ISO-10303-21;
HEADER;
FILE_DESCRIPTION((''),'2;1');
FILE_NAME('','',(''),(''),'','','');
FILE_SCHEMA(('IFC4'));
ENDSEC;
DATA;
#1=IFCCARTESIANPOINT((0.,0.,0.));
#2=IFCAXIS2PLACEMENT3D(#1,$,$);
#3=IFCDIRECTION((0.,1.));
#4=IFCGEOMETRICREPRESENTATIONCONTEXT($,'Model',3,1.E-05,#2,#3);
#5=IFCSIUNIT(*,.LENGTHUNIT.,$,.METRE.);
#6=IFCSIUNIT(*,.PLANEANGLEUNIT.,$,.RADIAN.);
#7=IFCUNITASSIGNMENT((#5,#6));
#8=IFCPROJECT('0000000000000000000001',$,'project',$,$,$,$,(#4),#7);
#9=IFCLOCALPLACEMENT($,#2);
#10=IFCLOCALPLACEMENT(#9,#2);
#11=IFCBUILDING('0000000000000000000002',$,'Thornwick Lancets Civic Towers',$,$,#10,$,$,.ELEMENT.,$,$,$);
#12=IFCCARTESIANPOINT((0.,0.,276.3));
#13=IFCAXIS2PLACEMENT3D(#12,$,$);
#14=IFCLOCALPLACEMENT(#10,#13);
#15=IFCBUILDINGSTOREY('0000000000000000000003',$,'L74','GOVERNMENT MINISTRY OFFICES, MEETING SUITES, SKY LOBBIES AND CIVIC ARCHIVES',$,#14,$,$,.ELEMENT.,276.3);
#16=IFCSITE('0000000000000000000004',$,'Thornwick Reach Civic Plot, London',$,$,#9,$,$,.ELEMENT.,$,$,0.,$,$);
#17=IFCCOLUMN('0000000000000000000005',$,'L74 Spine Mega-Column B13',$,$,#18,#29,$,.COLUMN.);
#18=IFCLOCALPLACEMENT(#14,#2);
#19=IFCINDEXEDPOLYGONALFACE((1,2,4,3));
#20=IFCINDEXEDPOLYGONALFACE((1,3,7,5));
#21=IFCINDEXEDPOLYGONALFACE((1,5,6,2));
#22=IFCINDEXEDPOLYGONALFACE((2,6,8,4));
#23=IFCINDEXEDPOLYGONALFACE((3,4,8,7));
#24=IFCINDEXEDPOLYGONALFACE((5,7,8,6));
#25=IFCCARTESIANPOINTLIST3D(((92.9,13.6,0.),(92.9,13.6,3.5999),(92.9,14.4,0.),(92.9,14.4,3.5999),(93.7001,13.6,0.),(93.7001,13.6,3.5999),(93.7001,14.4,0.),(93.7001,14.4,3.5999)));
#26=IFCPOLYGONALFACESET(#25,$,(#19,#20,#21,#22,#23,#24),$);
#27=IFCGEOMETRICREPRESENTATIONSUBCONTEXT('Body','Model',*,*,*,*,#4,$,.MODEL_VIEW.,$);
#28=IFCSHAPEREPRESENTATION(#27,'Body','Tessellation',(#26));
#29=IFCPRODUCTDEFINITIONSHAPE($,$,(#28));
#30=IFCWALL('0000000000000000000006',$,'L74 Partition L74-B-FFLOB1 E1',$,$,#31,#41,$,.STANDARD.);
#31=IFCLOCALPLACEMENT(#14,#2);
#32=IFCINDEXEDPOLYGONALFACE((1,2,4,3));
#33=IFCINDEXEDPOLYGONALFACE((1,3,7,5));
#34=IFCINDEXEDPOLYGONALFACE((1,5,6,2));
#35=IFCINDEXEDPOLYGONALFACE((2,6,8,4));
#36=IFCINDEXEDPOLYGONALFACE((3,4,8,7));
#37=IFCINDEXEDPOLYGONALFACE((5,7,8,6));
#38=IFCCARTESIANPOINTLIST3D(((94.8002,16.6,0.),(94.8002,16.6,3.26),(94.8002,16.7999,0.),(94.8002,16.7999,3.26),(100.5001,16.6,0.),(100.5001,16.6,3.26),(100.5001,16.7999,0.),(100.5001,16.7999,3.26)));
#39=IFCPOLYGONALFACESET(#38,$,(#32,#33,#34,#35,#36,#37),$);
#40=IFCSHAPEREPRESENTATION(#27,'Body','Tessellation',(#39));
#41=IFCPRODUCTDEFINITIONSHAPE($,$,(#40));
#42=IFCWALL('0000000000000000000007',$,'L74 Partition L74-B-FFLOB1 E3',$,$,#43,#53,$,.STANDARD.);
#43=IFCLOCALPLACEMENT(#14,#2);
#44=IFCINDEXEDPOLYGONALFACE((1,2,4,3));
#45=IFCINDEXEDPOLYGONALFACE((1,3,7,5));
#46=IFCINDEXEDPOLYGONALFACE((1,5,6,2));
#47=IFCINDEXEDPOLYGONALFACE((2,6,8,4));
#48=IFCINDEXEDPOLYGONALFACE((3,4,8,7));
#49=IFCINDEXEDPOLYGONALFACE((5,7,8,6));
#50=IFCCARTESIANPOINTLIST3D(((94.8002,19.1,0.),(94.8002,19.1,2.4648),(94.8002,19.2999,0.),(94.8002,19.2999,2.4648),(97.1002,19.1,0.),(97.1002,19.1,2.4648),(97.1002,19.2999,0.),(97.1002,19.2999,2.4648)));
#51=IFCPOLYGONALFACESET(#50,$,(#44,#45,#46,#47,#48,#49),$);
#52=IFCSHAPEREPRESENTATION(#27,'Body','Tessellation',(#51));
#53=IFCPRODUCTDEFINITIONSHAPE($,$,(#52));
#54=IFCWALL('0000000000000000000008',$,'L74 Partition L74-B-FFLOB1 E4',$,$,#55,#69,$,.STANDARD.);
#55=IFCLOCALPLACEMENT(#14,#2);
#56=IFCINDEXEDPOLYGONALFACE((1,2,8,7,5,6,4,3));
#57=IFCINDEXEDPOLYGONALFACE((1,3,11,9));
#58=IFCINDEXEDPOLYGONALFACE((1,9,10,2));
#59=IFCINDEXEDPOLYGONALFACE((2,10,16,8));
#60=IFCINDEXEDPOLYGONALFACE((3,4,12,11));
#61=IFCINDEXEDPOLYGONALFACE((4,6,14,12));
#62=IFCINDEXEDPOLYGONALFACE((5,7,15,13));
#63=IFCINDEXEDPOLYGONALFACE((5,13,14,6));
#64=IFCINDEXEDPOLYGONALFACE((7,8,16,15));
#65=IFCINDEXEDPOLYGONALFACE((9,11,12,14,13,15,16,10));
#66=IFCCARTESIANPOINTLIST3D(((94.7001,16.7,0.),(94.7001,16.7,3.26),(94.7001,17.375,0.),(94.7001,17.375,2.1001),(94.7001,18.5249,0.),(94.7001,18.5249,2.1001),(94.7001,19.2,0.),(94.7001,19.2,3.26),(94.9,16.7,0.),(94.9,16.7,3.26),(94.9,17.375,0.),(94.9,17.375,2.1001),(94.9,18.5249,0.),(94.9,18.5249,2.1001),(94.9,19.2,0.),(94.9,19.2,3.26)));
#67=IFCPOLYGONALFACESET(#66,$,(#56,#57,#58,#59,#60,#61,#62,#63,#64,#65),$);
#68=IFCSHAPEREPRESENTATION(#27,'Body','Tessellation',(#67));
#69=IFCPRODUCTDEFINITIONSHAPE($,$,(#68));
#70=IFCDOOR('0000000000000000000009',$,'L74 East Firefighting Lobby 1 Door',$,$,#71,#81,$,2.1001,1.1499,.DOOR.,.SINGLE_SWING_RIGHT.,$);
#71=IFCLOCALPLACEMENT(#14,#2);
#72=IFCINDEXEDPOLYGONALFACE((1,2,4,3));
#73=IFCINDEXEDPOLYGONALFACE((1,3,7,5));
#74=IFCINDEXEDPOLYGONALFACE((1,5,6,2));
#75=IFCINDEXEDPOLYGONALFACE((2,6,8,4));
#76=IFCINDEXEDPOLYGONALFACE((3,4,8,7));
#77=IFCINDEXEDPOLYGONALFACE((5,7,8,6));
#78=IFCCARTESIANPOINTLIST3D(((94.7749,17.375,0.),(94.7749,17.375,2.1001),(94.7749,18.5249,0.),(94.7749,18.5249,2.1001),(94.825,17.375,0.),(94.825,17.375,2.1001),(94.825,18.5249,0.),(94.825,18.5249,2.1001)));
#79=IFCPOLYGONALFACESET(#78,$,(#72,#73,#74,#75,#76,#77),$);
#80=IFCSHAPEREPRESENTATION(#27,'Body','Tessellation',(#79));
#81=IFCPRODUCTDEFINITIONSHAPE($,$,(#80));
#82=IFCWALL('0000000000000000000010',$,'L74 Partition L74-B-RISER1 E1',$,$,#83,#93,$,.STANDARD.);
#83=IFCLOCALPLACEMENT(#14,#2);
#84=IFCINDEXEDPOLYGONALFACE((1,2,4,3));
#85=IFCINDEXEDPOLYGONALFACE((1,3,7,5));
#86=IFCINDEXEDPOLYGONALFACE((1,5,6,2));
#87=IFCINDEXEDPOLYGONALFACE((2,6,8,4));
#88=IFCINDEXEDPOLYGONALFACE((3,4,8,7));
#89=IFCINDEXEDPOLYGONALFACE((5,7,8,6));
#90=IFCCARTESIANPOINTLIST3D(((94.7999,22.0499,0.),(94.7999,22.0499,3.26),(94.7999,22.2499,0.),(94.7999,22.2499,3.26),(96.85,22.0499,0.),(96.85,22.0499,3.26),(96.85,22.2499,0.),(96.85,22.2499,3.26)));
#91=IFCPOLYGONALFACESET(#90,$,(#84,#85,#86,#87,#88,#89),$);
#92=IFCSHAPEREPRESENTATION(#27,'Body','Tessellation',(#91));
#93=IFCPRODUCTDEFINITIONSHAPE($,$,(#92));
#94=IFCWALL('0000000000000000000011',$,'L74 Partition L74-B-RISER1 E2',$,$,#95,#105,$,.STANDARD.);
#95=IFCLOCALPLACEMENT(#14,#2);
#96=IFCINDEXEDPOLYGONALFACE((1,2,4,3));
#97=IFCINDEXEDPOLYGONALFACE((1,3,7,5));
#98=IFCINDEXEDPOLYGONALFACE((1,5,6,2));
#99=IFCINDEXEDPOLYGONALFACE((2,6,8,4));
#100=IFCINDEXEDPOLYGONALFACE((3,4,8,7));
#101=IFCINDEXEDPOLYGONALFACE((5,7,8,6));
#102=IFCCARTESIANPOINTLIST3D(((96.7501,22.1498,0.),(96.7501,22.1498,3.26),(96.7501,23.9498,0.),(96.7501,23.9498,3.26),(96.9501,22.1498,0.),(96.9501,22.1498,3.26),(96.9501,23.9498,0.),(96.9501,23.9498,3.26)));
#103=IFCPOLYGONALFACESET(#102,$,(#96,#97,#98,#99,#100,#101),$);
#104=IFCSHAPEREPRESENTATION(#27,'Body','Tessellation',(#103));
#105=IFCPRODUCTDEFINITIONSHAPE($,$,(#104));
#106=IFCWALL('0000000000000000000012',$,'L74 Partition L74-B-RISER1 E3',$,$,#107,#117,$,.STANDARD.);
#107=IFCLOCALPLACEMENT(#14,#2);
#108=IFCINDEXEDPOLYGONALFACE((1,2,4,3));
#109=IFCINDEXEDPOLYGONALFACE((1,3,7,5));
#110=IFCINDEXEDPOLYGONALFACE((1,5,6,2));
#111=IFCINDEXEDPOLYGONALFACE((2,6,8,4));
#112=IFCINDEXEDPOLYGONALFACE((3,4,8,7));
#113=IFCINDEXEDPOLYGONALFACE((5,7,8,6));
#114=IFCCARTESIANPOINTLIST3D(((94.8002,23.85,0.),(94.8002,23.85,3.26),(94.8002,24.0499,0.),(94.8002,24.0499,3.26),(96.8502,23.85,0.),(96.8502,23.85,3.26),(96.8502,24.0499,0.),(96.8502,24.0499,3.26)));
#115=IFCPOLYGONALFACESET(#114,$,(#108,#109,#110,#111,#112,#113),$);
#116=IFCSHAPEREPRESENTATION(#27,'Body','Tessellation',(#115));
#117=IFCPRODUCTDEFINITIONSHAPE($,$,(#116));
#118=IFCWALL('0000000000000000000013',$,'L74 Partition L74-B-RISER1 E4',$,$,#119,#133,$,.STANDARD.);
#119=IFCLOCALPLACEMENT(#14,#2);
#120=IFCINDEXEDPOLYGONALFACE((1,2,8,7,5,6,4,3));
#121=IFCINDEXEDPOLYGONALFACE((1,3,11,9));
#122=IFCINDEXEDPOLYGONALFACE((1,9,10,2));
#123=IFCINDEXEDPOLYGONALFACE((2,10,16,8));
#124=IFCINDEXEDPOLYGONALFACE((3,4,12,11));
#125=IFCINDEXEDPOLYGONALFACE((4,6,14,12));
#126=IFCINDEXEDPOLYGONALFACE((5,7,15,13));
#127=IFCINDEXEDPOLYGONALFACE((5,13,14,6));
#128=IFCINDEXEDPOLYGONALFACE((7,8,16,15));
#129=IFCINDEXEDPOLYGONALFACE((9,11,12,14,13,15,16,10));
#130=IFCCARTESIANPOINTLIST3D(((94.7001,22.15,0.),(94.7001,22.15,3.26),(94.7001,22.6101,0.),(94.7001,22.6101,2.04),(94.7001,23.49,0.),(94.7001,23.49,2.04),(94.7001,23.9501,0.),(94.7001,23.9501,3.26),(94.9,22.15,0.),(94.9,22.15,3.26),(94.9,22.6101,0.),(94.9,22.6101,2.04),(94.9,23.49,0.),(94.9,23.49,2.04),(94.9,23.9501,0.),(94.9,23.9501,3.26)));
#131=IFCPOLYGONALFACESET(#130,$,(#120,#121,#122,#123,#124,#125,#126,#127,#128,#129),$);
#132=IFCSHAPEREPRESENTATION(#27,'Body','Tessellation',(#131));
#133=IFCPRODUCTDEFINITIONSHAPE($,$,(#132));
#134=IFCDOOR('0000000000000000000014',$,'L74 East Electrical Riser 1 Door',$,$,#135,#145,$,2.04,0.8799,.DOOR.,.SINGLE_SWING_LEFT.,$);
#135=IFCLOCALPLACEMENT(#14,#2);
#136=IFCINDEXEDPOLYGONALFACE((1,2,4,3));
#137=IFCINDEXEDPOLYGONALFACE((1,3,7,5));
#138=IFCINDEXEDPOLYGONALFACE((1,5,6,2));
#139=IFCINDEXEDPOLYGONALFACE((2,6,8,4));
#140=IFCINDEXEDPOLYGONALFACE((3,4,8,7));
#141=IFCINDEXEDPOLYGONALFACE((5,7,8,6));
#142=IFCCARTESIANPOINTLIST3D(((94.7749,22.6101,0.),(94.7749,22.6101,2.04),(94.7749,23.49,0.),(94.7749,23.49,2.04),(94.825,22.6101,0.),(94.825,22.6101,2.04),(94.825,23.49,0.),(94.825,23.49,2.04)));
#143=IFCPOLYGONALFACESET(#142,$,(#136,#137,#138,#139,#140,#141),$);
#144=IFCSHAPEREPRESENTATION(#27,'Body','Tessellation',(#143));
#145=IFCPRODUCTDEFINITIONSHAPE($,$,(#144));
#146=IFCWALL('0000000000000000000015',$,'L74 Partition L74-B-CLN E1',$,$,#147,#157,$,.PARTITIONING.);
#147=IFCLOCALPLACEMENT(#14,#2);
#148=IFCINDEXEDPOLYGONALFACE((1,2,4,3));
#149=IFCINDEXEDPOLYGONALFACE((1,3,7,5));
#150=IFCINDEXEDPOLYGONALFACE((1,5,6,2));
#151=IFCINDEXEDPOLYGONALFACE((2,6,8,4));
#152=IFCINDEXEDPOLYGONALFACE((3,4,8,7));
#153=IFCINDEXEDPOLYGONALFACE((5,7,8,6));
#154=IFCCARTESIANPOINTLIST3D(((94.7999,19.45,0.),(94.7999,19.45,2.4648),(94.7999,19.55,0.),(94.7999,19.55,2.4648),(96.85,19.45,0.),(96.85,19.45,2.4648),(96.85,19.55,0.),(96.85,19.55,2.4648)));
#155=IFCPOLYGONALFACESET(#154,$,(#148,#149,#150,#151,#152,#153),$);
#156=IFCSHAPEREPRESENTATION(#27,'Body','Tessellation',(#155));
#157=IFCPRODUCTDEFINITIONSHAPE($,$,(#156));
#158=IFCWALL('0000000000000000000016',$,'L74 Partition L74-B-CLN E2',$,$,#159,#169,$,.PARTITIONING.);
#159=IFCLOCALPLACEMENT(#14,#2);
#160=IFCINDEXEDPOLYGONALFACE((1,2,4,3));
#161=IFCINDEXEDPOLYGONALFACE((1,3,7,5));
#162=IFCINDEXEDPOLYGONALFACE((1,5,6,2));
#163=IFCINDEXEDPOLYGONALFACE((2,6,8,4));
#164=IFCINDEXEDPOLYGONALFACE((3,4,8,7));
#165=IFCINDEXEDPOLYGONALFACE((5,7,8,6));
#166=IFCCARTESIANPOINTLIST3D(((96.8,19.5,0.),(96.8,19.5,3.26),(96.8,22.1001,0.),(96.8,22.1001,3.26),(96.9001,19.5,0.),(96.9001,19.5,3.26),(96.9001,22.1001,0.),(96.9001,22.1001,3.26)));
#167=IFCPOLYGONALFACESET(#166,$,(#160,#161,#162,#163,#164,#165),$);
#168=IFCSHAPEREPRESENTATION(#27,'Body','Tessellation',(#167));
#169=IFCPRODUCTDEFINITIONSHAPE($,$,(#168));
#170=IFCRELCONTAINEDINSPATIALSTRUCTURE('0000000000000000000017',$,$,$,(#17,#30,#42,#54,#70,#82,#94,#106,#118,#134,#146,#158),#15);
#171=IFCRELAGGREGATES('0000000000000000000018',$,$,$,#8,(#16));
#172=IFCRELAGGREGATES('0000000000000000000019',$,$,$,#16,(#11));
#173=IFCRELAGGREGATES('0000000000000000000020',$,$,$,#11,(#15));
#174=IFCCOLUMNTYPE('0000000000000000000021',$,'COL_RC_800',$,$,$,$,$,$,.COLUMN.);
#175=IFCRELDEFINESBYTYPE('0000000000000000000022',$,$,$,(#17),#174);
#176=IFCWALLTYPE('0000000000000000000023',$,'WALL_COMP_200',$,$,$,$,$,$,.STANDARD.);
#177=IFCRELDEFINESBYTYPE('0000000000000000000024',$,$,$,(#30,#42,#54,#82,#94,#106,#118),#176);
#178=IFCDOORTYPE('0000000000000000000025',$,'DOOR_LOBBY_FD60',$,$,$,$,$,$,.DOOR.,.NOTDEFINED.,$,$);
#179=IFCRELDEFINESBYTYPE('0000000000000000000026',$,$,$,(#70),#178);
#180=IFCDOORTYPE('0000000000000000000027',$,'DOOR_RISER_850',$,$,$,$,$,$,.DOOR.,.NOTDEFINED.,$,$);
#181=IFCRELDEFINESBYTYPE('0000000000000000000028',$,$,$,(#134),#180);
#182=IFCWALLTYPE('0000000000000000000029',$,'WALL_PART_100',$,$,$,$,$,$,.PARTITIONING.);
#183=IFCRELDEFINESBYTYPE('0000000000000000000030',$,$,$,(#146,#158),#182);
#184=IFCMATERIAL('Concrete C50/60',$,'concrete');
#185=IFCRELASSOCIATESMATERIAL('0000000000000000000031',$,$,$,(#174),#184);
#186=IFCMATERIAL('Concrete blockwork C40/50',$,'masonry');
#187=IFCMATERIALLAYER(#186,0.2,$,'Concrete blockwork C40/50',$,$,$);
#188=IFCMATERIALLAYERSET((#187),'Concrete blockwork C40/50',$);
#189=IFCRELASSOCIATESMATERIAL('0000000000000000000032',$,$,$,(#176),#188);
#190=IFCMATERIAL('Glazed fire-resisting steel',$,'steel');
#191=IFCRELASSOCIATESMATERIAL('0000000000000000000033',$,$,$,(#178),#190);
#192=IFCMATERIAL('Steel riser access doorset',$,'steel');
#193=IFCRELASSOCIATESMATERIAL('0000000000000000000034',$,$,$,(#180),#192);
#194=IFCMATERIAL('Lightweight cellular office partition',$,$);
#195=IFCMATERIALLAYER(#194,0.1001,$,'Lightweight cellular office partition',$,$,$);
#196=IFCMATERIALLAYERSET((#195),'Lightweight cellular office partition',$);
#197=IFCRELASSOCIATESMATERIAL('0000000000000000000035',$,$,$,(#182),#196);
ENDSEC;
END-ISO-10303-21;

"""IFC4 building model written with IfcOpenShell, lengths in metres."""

from ifc_helpers import new_model, si_unit, direction, frame, frame_2d, origin, origin_2d, place, context, subcontext, project, spatial, rectangle, extrude, material, layer, layer_set, material_profile, profile_set, type_object, element, fill, save


model = new_model("IFC4")

# Units and contexts
model_context = context("Model", 3, precision=1e-05, world=origin(), true_north=direction((0.0, 1.0)))
body_context = subcontext(model_context, "Body", "Model", "MODEL_VIEW")
ifc_project = project(units=[si_unit("LENGTHUNIT", "METRE"), si_unit("PLANEANGLEUNIT", "RADIAN")], contexts=[model_context])

# Site, building, storey
site_placement = place(None, origin())
site = spatial("IfcSite", under=ifc_project, at=site_placement, Name="Thornwick Reach Civic Plot, London", CompositionType="ELEMENT", RefElevation=0.0)
building_placement = place(site_placement, origin())
building = spatial("IfcBuilding", under=site, at=building_placement, Name="Thornwick Lancets Civic Towers", CompositionType="ELEMENT")
storey_placement = place(building_placement, frame((0.0, 0.0, 276.3)))
storey = spatial("IfcBuildingStorey", under=building, at=storey_placement, Name="L74", Description="GOVERNMENT MINISTRY OFFICES, MEETING SUITES, SKY LOBBIES AND CIVIC ARCHIVES", CompositionType="ELEMENT", Elevation=276.3)

# Column
ifc_material_1 = material(Name="Concrete C50/60", Category="concrete")
ifc_material_profile = material_profile(ifc_material_1, rectangle(XDim=0.8, YDim=0.8, at=origin_2d()), Name="RC 800x800")
ifc_profile_set = profile_set([ifc_material_profile], Name="Concrete C50/60")
column_type = type_object("IfcColumnType", Name="COL_RC_800", PredefinedType="COLUMN", material=ifc_profile_set)
column_placement = place(storey_placement, frame((93.3, 14.0, 0.0), z_axis=(0.0, 0.0, 1.0), x_axis=(1.0, 0.0, 0.0)))
element("IfcColumn", 1, at=column_placement, inside=storey, type_object=column_type, Name="L74 Spine Mega-Column B13", PredefinedType="COLUMN", context=body_context, shape_type="SweptSolid", body=[
    extrude(rectangle(XDim=0.8, YDim=0.8, at=origin_2d()), origin(), (0.0, 0.0, 1.0), 3.5999),
])

# Walls
ifc_material_2 = material(Name="Concrete blockwork C40/50", Category="masonry")
ifc_layer_1 = layer(ifc_material_2, 0.2, Name="Concrete blockwork C40/50")
ifc_layer_set_1 = layer_set([ifc_layer_1], Name="Concrete blockwork C40/50")
wall_type_1 = type_object("IfcWallType", Name="WALL_COMP_200", PredefinedType="STANDARD", material=ifc_layer_set_1)
wall_1_placement = place(storey_placement, frame((94.8, 16.7, 0.0), z_axis=(0.0, 0.0, 1.0), x_axis=(1.0, 0.0, 0.0)))
element("IfcWall", 2, at=wall_1_placement, inside=storey, type_object=wall_type_1, Name="L74 Partition L74-B-FFLOB1 E1", PredefinedType="STANDARD", context=body_context, shape_type="SweptSolid", body=[
    extrude(rectangle(XDim=5.7, YDim=0.2, at=frame_2d((2.8501, 0.0))), origin(), (0.0, 0.0, 1.0), 3.26),
])
wall_2_placement = place(storey_placement, frame((97.1001, 19.2, 0.0), z_axis=(0.0, 0.0, 1.0), x_axis=(-1.0, 0.0, 0.0)))
element("IfcWall", 3, at=wall_2_placement, inside=storey, type_object=wall_type_1, Name="L74 Partition L74-B-FFLOB1 E3", PredefinedType="STANDARD", context=body_context, shape_type="SweptSolid", body=[
    extrude(rectangle(XDim=2.3, YDim=0.2, at=frame_2d((1.1499, 0.0))), origin(), (0.0, 0.0, 1.0), 2.4648),
])

# Wall, opening, door
wall_3_placement = place(storey_placement, frame((94.8, 19.2, 0.0), z_axis=(0.0, 0.0, 1.0), x_axis=(0.0, -1.0, 0.0)))
wall_3 = element("IfcWall", 4, at=wall_3_placement, inside=storey, type_object=wall_type_1, Name="L74 Partition L74-B-FFLOB1 E4", PredefinedType="STANDARD", context=body_context, shape_type="SweptSolid", body=[
    extrude(rectangle(XDim=2.5, YDim=0.2, at=frame_2d((1.25, 0.0))), origin(), (0.0, 0.0, 1.0), 3.26),
])
opening_1_placement = place(wall_3_placement, frame((0.675, 0.0, 0.0)))
opening_1 = element("IfcOpeningElement", 5, at=opening_1_placement, cuts=wall_3, PredefinedType="OPENING", context=body_context, shape_type="SweptSolid", body=[
    extrude(rectangle(XDim=1.1499, YDim=2.1001, at=frame_2d((0.575, 1.05))), frame((0.0, 0.1099, 0.0), z_axis=(0.0, -1.0, 0.0), x_axis=(1.0, 0.0, 0.0)), (0.0, 0.0, 1.0), 0.22),
])
ifc_material_3 = material(Name="Glazed fire-resisting steel", Category="steel")
door_type_1 = type_object("IfcDoorType", Name="DOOR_LOBBY_FD60", OperationType="NOTDEFINED", PredefinedType="DOOR", material=ifc_material_3)
door_1_placement = place(opening_1_placement, origin())
door_1 = element("IfcDoor", 6, at=door_1_placement, inside=storey, type_object=door_type_1, Name="L74 East Firefighting Lobby 1 Door", OperationType="SINGLE_SWING_RIGHT", OverallHeight=2.1001, OverallWidth=1.1499, PredefinedType="DOOR", context=body_context, shape_type="SweptSolid", body=[
    extrude(rectangle(XDim=1.1499, YDim=2.1001, at=frame_2d((0.575, 1.05))), frame((0.0, 0.0249, 0.0), z_axis=(0.0, -1.0, 0.0), x_axis=(1.0, 0.0, 0.0)), (0.0, 0.0, 1.0), 0.05),
])
fill(opening_1, door_1)

# Walls
wall_4_placement = place(storey_placement, frame((94.8, 22.1499, 0.0), z_axis=(0.0, 0.0, 1.0), x_axis=(1.0, 0.0, 0.0)))
element("IfcWall", 7, at=wall_4_placement, inside=storey, type_object=wall_type_1, Name="L74 Partition L74-B-RISER1 E1", PredefinedType="STANDARD", context=body_context, shape_type="SweptSolid", body=[
    extrude(rectangle(XDim=2.05, YDim=0.2, at=frame_2d((1.0249, 0.0))), origin(), (0.0, 0.0, 1.0), 3.26),
])
wall_5_placement = place(storey_placement, frame((96.8501, 22.1499, 0.0), z_axis=(0.0, 0.0, 1.0), x_axis=(0.0, 1.0, 0.0)))
element("IfcWall", 8, at=wall_5_placement, inside=storey, type_object=wall_type_1, Name="L74 Partition L74-B-RISER1 E2", PredefinedType="STANDARD", context=body_context, shape_type="SweptSolid", body=[
    extrude(rectangle(XDim=1.8, YDim=0.2, at=frame_2d((0.8999, 0.0))), origin(), (0.0, 0.0, 1.0), 3.26),
])
wall_6_placement = place(storey_placement, frame((96.8501, 23.95, 0.0), z_axis=(0.0, 0.0, 1.0), x_axis=(-1.0, 0.0, 0.0)))
element("IfcWall", 9, at=wall_6_placement, inside=storey, type_object=wall_type_1, Name="L74 Partition L74-B-RISER1 E3", PredefinedType="STANDARD", context=body_context, shape_type="SweptSolid", body=[
    extrude(rectangle(XDim=2.05, YDim=0.2, at=frame_2d((1.0249, 0.0))), origin(), (0.0, 0.0, 1.0), 3.26),
])

# Wall, opening, door
wall_7_placement = place(storey_placement, frame((94.8, 23.95, 0.0), z_axis=(0.0, 0.0, 1.0), x_axis=(0.0, -1.0, 0.0)))
wall_7 = element("IfcWall", 10, at=wall_7_placement, inside=storey, type_object=wall_type_1, Name="L74 Partition L74-B-RISER1 E4", PredefinedType="STANDARD", context=body_context, shape_type="SweptSolid", body=[
    extrude(rectangle(XDim=1.8, YDim=0.2, at=frame_2d((0.8999, 0.0))), origin(), (0.0, 0.0, 1.0), 3.26),
])
opening_2_placement = place(wall_7_placement, frame((0.46, 0.0, 0.0)))
opening_2 = element("IfcOpeningElement", 11, at=opening_2_placement, cuts=wall_7, PredefinedType="OPENING", context=body_context, shape_type="SweptSolid", body=[
    extrude(rectangle(XDim=0.8799, YDim=2.04, at=frame_2d((0.4399, 1.02))), frame((0.0, 0.1099, 0.0), z_axis=(0.0, -1.0, 0.0), x_axis=(1.0, 0.0, 0.0)), (0.0, 0.0, 1.0), 0.22),
])
ifc_material_4 = material(Name="Steel riser access doorset", Category="steel")
door_type_2 = type_object("IfcDoorType", Name="DOOR_RISER_850", OperationType="NOTDEFINED", PredefinedType="DOOR", material=ifc_material_4)
door_2_placement = place(opening_2_placement, origin())
door_2 = element("IfcDoor", 12, at=door_2_placement, inside=storey, type_object=door_type_2, Name="L74 East Electrical Riser 1 Door", OperationType="SINGLE_SWING_LEFT", OverallHeight=2.04, OverallWidth=0.8799, PredefinedType="DOOR", context=body_context, shape_type="SweptSolid", body=[
    extrude(rectangle(XDim=0.8799, YDim=2.04, at=frame_2d((0.4399, 1.02))), frame((0.0, 0.0249, 0.0), z_axis=(0.0, -1.0, 0.0), x_axis=(1.0, 0.0, 0.0)), (0.0, 0.0, 1.0), 0.05),
])
fill(opening_2, door_2)

# Walls
ifc_material_5 = material(Name="Lightweight cellular office partition")
ifc_layer_2 = layer(ifc_material_5, 0.1001, Name="Lightweight cellular office partition")
ifc_layer_set_2 = layer_set([ifc_layer_2], Name="Lightweight cellular office partition")
wall_type_2 = type_object("IfcWallType", Name="WALL_PART_100", PredefinedType="PARTITIONING", material=ifc_layer_set_2)
wall_8_placement = place(storey_placement, frame((94.8, 19.5, 0.0), z_axis=(0.0, 0.0, 1.0), x_axis=(1.0, 0.0, 0.0)))
element("IfcWall", 13, at=wall_8_placement, inside=storey, type_object=wall_type_2, Name="L74 Partition L74-B-CLN E1", PredefinedType="PARTITIONING", context=body_context, shape_type="SweptSolid", body=[
    extrude(rectangle(XDim=2.05, YDim=0.1001, at=frame_2d((1.0249, 0.0))), origin(), (0.0, 0.0, 1.0), 2.4648),
])
wall_9_placement = place(storey_placement, frame((96.8501, 19.5, 0.0), z_axis=(0.0, 0.0, 1.0), x_axis=(0.0, 1.0, 0.0)))
element("IfcWall", 14, at=wall_9_placement, inside=storey, type_object=wall_type_2, Name="L74 Partition L74-B-CLN E2", PredefinedType="PARTITIONING", context=body_context, shape_type="SweptSolid", body=[
    extrude(rectangle(XDim=2.6001, YDim=0.1001, at=frame_2d((1.3, 0.0))), origin(), (0.0, 0.0, 1.0), 3.26),
])

save(model, "model.ifc")
